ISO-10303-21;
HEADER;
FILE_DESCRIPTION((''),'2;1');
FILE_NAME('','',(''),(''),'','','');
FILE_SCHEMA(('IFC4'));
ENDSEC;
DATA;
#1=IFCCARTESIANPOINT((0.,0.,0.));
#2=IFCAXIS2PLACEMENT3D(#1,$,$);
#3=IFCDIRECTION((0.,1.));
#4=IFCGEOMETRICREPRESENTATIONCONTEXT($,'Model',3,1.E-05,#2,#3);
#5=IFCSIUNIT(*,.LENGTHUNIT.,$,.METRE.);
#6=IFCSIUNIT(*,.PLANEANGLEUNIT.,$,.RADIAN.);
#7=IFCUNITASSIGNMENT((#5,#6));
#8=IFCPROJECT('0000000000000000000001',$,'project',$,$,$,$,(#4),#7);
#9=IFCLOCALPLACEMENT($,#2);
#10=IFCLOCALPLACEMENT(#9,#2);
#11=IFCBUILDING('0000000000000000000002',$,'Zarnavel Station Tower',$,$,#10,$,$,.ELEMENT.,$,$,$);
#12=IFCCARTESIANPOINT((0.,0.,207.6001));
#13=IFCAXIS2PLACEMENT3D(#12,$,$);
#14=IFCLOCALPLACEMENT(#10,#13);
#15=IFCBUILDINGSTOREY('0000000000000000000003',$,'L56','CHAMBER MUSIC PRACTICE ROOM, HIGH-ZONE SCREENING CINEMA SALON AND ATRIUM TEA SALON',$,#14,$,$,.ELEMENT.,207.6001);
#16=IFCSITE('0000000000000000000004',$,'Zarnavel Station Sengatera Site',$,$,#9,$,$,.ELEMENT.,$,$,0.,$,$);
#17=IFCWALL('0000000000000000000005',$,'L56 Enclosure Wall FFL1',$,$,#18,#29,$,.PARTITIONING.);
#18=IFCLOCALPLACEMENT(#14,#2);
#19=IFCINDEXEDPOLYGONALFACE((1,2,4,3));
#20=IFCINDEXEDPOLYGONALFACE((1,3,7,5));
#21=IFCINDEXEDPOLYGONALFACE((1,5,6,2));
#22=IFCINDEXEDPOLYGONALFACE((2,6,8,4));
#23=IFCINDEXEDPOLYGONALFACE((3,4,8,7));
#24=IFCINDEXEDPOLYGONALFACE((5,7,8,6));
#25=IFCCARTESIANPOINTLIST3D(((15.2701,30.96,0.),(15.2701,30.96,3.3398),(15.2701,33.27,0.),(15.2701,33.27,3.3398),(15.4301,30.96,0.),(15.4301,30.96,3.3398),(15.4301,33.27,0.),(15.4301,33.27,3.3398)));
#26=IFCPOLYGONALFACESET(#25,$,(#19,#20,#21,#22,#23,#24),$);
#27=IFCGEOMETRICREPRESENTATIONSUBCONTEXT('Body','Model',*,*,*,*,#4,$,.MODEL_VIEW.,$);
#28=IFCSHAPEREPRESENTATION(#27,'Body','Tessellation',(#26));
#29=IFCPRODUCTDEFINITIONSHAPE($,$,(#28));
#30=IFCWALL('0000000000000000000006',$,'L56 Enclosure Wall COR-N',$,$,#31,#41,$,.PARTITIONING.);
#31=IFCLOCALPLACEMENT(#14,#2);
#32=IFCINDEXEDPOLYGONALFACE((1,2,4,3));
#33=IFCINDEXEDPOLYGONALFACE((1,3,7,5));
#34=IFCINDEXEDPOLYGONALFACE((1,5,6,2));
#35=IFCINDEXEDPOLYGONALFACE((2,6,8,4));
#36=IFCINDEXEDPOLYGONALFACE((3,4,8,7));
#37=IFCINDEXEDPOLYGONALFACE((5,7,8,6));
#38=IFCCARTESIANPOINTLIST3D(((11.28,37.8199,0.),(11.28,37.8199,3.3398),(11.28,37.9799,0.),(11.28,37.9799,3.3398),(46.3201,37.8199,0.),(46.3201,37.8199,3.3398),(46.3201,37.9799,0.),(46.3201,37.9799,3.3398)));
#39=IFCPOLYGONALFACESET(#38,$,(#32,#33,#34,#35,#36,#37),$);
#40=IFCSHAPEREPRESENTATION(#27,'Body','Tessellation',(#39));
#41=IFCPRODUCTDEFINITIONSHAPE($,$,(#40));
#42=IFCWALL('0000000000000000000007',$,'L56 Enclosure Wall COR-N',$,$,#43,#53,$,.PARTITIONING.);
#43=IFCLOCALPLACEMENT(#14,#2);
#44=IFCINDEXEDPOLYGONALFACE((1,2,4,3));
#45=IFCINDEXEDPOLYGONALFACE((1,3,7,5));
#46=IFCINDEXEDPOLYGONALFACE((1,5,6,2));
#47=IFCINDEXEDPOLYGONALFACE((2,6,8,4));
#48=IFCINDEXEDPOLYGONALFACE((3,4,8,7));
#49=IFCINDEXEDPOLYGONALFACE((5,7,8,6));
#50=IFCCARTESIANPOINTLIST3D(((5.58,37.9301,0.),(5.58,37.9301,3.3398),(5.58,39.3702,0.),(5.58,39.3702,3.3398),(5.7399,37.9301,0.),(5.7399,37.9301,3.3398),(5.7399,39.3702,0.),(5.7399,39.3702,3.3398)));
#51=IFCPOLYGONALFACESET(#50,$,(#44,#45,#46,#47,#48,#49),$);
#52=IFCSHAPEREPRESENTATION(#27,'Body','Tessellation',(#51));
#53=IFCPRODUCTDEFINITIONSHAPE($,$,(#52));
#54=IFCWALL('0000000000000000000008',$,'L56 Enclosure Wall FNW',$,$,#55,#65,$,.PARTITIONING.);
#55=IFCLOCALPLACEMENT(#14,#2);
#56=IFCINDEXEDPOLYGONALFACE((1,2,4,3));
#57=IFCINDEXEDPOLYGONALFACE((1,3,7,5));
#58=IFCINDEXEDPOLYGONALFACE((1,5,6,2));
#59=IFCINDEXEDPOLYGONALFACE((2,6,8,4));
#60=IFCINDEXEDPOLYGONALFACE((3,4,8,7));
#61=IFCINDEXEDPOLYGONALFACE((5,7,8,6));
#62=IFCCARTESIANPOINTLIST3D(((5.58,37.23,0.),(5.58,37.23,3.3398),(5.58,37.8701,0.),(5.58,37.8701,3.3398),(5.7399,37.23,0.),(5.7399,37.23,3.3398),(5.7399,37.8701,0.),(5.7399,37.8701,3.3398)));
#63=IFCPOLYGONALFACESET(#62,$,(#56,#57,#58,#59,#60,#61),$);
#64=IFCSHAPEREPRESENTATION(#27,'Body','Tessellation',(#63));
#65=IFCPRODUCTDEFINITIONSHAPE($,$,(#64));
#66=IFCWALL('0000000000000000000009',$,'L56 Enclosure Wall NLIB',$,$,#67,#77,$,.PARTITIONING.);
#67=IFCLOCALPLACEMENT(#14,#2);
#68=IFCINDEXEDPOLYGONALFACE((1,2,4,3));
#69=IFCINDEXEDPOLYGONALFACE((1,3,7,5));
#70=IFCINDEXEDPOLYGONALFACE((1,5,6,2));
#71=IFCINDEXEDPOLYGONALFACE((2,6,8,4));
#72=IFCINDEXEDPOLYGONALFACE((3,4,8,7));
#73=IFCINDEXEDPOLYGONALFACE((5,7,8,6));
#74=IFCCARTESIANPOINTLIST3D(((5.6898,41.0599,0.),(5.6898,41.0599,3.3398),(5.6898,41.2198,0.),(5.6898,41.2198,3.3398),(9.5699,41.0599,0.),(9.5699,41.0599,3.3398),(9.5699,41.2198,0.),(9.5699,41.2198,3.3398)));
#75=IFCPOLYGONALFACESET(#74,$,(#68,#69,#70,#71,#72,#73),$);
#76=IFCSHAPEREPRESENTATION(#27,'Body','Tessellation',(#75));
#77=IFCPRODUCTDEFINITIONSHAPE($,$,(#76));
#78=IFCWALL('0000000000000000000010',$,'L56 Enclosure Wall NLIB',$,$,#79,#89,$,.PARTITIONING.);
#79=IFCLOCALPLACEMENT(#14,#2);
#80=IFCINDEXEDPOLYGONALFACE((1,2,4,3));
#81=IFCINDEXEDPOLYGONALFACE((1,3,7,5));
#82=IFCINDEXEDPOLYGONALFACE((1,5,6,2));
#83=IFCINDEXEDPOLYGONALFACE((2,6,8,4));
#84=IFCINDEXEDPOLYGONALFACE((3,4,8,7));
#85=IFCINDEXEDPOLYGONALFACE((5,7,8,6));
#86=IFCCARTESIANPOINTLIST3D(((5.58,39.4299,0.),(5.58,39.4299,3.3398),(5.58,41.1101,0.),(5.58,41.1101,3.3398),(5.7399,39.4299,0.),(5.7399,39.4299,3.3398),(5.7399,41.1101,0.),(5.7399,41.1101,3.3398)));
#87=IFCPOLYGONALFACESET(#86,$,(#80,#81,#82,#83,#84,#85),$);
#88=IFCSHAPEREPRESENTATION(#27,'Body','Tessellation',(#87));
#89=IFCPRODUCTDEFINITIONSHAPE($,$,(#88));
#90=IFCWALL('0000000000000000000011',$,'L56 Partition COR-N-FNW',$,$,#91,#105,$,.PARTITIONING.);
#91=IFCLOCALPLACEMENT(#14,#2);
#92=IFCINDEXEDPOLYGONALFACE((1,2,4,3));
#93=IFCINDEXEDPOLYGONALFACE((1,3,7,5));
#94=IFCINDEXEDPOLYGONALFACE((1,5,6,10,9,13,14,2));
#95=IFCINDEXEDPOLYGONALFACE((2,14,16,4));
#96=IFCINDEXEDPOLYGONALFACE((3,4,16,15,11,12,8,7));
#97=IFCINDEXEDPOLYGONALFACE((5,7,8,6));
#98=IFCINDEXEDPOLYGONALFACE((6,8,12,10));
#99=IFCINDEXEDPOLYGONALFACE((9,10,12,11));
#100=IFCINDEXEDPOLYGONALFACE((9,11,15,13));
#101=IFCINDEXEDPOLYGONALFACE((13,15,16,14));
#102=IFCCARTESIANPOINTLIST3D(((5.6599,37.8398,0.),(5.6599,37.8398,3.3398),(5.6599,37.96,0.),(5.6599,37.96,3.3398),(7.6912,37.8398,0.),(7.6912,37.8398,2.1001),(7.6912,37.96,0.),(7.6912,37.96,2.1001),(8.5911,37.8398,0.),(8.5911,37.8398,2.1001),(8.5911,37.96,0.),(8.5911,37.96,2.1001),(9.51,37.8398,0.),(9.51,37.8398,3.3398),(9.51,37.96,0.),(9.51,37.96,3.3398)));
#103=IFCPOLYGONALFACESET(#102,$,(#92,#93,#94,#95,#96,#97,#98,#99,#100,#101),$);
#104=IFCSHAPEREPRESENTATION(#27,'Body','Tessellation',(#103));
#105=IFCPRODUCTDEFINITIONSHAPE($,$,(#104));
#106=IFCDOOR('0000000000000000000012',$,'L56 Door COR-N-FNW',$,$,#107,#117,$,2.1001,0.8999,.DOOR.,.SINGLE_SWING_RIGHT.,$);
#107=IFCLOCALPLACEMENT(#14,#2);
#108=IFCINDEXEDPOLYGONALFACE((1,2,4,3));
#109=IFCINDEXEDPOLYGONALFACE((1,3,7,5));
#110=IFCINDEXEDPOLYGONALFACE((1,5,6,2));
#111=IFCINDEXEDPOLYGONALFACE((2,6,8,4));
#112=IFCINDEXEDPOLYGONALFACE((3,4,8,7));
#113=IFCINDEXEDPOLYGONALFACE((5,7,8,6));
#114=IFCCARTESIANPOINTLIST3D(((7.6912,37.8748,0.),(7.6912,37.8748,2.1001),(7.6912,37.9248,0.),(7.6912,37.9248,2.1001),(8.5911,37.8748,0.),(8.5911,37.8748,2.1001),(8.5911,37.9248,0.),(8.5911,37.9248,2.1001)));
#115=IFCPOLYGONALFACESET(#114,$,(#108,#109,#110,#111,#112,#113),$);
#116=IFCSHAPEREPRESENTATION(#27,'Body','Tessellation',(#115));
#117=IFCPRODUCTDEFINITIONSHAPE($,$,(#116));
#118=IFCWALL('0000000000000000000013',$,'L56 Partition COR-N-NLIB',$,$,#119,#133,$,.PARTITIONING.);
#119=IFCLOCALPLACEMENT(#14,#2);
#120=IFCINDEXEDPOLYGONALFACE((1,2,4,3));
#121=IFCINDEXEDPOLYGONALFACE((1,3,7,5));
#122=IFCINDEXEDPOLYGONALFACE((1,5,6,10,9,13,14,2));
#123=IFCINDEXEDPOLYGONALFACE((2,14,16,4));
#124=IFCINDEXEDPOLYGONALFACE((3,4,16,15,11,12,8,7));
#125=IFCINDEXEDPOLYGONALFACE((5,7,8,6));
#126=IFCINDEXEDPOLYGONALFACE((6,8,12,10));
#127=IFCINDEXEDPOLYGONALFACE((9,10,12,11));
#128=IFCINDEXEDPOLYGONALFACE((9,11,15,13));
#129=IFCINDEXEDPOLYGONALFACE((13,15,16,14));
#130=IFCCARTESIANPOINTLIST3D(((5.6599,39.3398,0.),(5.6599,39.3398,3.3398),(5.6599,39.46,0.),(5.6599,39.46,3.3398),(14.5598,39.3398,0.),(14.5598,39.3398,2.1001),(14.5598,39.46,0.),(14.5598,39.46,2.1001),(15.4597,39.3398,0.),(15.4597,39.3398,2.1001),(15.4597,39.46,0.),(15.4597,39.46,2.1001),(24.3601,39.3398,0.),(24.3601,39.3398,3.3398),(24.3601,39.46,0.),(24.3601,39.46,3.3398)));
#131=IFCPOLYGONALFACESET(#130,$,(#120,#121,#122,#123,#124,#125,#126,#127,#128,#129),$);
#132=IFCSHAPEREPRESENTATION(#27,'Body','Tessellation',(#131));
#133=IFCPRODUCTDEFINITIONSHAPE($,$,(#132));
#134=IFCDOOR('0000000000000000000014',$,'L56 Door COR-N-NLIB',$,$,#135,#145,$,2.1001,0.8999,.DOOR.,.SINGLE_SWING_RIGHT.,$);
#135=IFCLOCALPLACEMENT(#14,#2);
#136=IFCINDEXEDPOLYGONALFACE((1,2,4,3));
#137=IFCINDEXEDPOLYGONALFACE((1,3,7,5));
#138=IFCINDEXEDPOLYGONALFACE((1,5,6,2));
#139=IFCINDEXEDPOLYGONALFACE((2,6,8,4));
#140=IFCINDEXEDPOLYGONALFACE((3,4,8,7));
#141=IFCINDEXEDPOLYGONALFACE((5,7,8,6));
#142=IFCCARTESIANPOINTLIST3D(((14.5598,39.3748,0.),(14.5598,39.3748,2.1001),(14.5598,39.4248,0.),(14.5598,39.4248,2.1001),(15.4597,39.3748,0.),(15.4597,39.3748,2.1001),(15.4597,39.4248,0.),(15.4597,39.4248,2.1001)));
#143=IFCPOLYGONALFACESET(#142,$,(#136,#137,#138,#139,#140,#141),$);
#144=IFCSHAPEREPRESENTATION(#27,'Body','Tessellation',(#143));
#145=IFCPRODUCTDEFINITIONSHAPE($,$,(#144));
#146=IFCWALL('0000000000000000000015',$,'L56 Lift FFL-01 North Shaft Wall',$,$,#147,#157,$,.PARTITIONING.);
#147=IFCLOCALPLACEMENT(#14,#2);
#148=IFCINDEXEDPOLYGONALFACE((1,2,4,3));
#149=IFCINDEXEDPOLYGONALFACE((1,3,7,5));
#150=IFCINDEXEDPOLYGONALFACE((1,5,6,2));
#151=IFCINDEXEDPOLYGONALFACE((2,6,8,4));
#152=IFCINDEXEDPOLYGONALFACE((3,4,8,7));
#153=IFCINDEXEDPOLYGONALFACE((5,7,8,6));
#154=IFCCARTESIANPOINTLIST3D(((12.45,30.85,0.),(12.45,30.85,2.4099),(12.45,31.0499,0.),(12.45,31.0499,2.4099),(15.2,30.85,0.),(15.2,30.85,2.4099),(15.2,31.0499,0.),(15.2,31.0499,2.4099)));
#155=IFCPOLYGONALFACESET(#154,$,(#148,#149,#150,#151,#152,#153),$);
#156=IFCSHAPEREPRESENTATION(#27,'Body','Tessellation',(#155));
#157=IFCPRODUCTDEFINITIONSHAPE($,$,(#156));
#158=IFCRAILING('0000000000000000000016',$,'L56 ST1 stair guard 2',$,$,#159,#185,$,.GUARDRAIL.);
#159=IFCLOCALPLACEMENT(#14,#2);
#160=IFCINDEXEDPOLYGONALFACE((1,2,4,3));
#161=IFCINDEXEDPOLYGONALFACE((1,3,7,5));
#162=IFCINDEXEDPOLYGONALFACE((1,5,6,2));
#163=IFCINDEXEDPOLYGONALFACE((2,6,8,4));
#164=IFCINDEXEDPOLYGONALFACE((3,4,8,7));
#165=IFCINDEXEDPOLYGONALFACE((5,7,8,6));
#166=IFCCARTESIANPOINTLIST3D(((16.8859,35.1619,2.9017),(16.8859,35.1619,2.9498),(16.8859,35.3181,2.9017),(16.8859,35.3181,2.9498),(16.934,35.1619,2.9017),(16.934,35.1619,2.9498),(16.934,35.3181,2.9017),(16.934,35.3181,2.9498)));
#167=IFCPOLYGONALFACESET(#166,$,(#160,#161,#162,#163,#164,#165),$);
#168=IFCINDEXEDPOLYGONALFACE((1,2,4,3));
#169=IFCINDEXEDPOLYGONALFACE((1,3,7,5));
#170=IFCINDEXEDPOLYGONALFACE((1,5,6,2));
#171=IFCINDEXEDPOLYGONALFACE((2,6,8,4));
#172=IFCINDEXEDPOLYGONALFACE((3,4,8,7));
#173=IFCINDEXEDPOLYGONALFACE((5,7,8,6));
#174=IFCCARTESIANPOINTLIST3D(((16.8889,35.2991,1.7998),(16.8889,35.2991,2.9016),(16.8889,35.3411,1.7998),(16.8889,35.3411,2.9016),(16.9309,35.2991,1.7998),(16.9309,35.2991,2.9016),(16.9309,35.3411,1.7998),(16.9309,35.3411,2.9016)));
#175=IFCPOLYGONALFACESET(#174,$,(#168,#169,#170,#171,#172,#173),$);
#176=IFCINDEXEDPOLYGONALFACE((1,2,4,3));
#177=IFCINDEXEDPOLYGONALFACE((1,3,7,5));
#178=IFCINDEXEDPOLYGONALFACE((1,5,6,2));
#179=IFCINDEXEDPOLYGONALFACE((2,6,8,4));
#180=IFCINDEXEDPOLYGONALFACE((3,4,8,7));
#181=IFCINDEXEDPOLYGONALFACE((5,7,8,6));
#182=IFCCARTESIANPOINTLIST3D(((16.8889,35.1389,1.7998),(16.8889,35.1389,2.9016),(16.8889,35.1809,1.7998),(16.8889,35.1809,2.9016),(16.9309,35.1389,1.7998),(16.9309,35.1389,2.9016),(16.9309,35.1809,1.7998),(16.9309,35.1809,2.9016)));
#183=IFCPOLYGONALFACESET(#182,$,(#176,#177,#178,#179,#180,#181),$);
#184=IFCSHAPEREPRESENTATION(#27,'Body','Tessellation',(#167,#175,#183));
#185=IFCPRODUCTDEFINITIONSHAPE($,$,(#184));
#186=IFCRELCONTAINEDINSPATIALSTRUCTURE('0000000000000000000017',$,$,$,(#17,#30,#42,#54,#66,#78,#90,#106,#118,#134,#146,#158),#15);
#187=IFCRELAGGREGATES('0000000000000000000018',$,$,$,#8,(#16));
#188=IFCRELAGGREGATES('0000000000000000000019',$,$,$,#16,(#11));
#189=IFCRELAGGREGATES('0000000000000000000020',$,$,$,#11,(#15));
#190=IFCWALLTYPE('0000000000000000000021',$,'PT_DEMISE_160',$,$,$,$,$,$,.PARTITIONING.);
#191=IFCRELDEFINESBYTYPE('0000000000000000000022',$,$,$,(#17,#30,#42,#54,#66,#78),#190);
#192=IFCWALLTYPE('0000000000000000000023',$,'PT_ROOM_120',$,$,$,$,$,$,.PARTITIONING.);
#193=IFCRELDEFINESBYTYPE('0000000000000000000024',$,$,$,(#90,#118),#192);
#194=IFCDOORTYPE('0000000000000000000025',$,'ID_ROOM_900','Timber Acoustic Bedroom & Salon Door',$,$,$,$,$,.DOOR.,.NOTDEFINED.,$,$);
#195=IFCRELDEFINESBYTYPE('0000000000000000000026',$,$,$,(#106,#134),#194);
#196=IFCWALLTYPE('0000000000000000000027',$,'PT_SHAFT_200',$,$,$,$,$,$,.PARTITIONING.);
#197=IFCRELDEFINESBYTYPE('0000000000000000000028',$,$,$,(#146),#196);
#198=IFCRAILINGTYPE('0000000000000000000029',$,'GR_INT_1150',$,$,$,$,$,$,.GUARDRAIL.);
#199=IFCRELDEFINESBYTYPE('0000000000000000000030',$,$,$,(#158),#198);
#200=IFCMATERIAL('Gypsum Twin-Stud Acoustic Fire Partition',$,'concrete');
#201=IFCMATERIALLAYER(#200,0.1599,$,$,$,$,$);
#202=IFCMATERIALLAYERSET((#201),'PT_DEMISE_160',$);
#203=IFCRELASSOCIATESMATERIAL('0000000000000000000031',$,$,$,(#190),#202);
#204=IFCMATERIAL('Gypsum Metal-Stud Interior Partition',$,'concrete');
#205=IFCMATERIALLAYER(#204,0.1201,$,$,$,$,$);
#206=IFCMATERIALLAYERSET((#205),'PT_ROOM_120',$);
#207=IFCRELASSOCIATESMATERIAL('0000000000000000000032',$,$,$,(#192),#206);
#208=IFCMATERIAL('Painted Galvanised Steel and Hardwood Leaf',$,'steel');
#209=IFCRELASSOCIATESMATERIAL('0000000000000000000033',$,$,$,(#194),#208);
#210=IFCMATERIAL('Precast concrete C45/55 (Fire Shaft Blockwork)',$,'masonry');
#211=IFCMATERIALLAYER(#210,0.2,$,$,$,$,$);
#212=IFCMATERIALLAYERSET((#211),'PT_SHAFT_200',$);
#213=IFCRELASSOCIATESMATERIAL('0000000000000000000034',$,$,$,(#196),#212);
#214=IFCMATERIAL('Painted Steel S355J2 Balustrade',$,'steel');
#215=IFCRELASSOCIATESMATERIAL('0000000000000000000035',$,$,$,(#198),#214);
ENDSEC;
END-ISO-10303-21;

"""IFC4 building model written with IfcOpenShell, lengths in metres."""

from ifc_helpers import new_model, si_unit, direction, frame, frame_2d, origin, origin_2d, place, context, subcontext, project, spatial, rectangle, extrude, material, layer, layer_set, type_object, element, fill, save


model = new_model("IFC4")

# Units and contexts
model_context = context("Model", 3, precision=1e-05, world=origin(), true_north=direction((0.0, 1.0)))
body_context = subcontext(model_context, "Body", "Model", "MODEL_VIEW")
ifc_project = project(units=[si_unit("LENGTHUNIT", "METRE"), si_unit("PLANEANGLEUNIT", "RADIAN")], contexts=[model_context])

# Site, building, storey
site_placement = place(None, origin())
site = spatial("IfcSite", under=ifc_project, at=site_placement, Name="Zarnavel Station Sengatera Site", CompositionType="ELEMENT", RefElevation=0.0)
building_placement = place(site_placement, origin())
building = spatial("IfcBuilding", under=site, at=building_placement, Name="Zarnavel Station Tower", CompositionType="ELEMENT")
storey_placement = place(building_placement, frame((0.0, 0.0, 207.6001)))
storey = spatial("IfcBuildingStorey", under=building, at=storey_placement, Name="L56", Description="CHAMBER MUSIC PRACTICE ROOM, HIGH-ZONE SCREENING CINEMA SALON AND ATRIUM TEA SALON", CompositionType="ELEMENT", Elevation=207.6001)

# Walls
ifc_material_1 = material(Name="Gypsum Twin-Stud Acoustic Fire Partition", Category="concrete")
ifc_layer_1 = layer(ifc_material_1, 0.1599)
ifc_layer_set_1 = layer_set([ifc_layer_1], Name="PT_DEMISE_160")
wall_type_1 = type_object("IfcWallType", Name="PT_DEMISE_160", PredefinedType="PARTITIONING", material=ifc_layer_set_1)
wall_1_placement = place(storey_placement, frame((15.3501, 30.96, 0.0), z_axis=(0.0, 0.0, 1.0), x_axis=(0.0, 1.0, 0.0)))
element("IfcWall", 1, at=wall_1_placement, inside=storey, type_object=wall_type_1, Name="L56 Enclosure Wall FFL1", PredefinedType="PARTITIONING", context=body_context, shape_type="SweptSolid", body=[
    extrude(rectangle(XDim=2.3101, YDim=0.1599, at=frame_2d((1.155, 0.0))), origin(), (0.0, 0.0, 1.0), 3.3398),
])
wall_2_placement = place(storey_placement, frame((11.28, 37.8999, 0.0), z_axis=(0.0, 0.0, 1.0), x_axis=(1.0, 0.0, 0.0)))
element("IfcWall", 2, at=wall_2_placement, inside=storey, type_object=wall_type_1, Name="L56 Enclosure Wall COR-N", PredefinedType="PARTITIONING", context=body_context, shape_type="SweptSolid", body=[
    extrude(rectangle(XDim=35.04, YDim=0.1599, at=frame_2d((17.52, 0.0))), origin(), (0.0, 0.0, 1.0), 3.3398),
])
wall_3_placement = place(storey_placement, frame((5.6599, 37.9299, 0.0), z_axis=(0.0, 0.0, 1.0), x_axis=(0.0, 1.0, 0.0)))
element("IfcWall", 3, at=wall_3_placement, inside=storey, type_object=wall_type_1, Name="L56 Enclosure Wall COR-N", PredefinedType="PARTITIONING", context=body_context, shape_type="SweptSolid", body=[
    extrude(rectangle(XDim=1.4402, YDim=0.1599, at=frame_2d((0.7202, 0.0))), origin(), (0.0, 0.0, 1.0), 3.3398),
])
wall_4_placement = place(storey_placement, frame((5.6599, 37.23, 0.0), z_axis=(0.0, 0.0, 1.0), x_axis=(0.0, 1.0, 0.0)))
element("IfcWall", 4, at=wall_4_placement, inside=storey, type_object=wall_type_1, Name="L56 Enclosure Wall FNW", PredefinedType="PARTITIONING", context=body_context, shape_type="SweptSolid", body=[
    extrude(rectangle(XDim=0.6401, YDim=0.1599, at=frame_2d((0.3201, 0.0))), origin(), (0.0, 0.0, 1.0), 3.3398),
])
wall_5_placement = place(storey_placement, frame((5.6899, 41.1399, 0.0), z_axis=(0.0, 0.0, 1.0), x_axis=(1.0, 0.0, 0.0)))
element("IfcWall", 5, at=wall_5_placement, inside=storey, type_object=wall_type_1, Name="L56 Enclosure Wall NLIB", PredefinedType="PARTITIONING", context=body_context, shape_type="SweptSolid", body=[
    extrude(rectangle(XDim=3.8801, YDim=0.1599, at=frame_2d((1.9399, 0.0))), origin(), (0.0, 0.0, 1.0), 3.3398),
])
wall_6_placement = place(storey_placement, frame((5.6599, 39.4299, 0.0), z_axis=(0.0, 0.0, 1.0), x_axis=(0.0, 1.0, 0.0)))
element("IfcWall", 6, at=wall_6_placement, inside=storey, type_object=wall_type_1, Name="L56 Enclosure Wall NLIB", PredefinedType="PARTITIONING", context=body_context, shape_type="SweptSolid", body=[
    extrude(rectangle(XDim=1.6802, YDim=0.1599, at=frame_2d((0.8401, 0.0))), origin(), (0.0, 0.0, 1.0), 3.3398),
])

# Walls, openings, doors
ifc_material_2 = material(Name="Gypsum Metal-Stud Interior Partition", Category="concrete")
ifc_layer_2 = layer(ifc_material_2, 0.1201)
ifc_layer_set_2 = layer_set([ifc_layer_2], Name="PT_ROOM_120")
wall_type_2 = type_object("IfcWallType", Name="PT_ROOM_120", PredefinedType="PARTITIONING", material=ifc_layer_set_2)
wall_7_placement = place(storey_placement, frame((5.6599, 37.8999, 0.0), z_axis=(0.0, 0.0, 1.0), x_axis=(1.0, 0.0, 0.0)))
wall_7 = element("IfcWall", 7, at=wall_7_placement, inside=storey, type_object=wall_type_2, Name="L56 Partition COR-N-FNW", PredefinedType="PARTITIONING", context=body_context, shape_type="SweptSolid", body=[
    extrude(rectangle(XDim=3.8501, YDim=0.1201, at=frame_2d((1.925, 0.0))), origin(), (0.0, 0.0, 1.0), 3.3398),
])
opening_1_placement = place(wall_7_placement, frame((2.0312, 0.0, 0.0)))
opening_1 = element("IfcOpeningElement", 8, at=opening_1_placement, cuts=wall_7, PredefinedType="OPENING", context=body_context, shape_type="SweptSolid", body=[
    extrude(rectangle(XDim=0.8999, YDim=2.1001, at=frame_2d((0.45, 1.05))), frame((0.0, 0.0701, 0.0), z_axis=(0.0, -1.0, 0.0), x_axis=(1.0, 0.0, 0.0)), (0.0, 0.0, 1.0), 0.1401),
])
ifc_material_3 = material(Name="Painted Galvanised Steel and Hardwood Leaf", Category="steel")
door_type = type_object("IfcDoorType", Name="ID_ROOM_900", Description="Timber Acoustic Bedroom & Salon Door", OperationType="NOTDEFINED", PredefinedType="DOOR", material=ifc_material_3)
door_1_placement = place(opening_1_placement, origin())
door_1 = element("IfcDoor", 9, at=door_1_placement, inside=storey, type_object=door_type, Name="L56 Door COR-N-FNW", OperationType="SINGLE_SWING_RIGHT", OverallHeight=2.1001, OverallWidth=0.8999, PredefinedType="DOOR", context=body_context, shape_type="SweptSolid", body=[
    extrude(rectangle(XDim=0.8999, YDim=2.1001, at=frame_2d((0.45, 1.05))), frame((0.0, 0.0249, 0.0), z_axis=(0.0, -1.0, 0.0), x_axis=(1.0, 0.0, 0.0)), (0.0, 0.0, 1.0), 0.05),
])
fill(opening_1, door_1)
wall_8_placement = place(storey_placement, frame((5.6599, 39.3999, 0.0), z_axis=(0.0, 0.0, 1.0), x_axis=(1.0, 0.0, 0.0)))
wall_8 = element("IfcWall", 10, at=wall_8_placement, inside=storey, type_object=wall_type_2, Name="L56 Partition COR-N-NLIB", PredefinedType="PARTITIONING", context=body_context, shape_type="SweptSolid", body=[
    extrude(rectangle(XDim=18.7002, YDim=0.1201, at=frame_2d((9.3501, 0.0))), origin(), (0.0, 0.0, 1.0), 3.3398),
])
opening_2_placement = place(wall_8_placement, frame((8.8999, 0.0, 0.0)))
opening_2 = element("IfcOpeningElement", 11, at=opening_2_placement, cuts=wall_8, PredefinedType="OPENING", context=body_context, shape_type="SweptSolid", body=[
    extrude(rectangle(XDim=0.8999, YDim=2.1001, at=frame_2d((0.45, 1.05))), frame((0.0, 0.0701, 0.0), z_axis=(0.0, -1.0, 0.0), x_axis=(1.0, 0.0, 0.0)), (0.0, 0.0, 1.0), 0.1401),
])
door_2_placement = place(opening_2_placement, origin())
door_2 = element("IfcDoor", 12, at=door_2_placement, inside=storey, type_object=door_type, Name="L56 Door COR-N-NLIB", OperationType="SINGLE_SWING_RIGHT", OverallHeight=2.1001, OverallWidth=0.8999, PredefinedType="DOOR", context=body_context, shape_type="SweptSolid", body=[
    extrude(rectangle(XDim=0.8999, YDim=2.1001, at=frame_2d((0.45, 1.05))), frame((0.0, 0.0249, 0.0), z_axis=(0.0, -1.0, 0.0), x_axis=(1.0, 0.0, 0.0)), (0.0, 0.0, 1.0), 0.05),
])
fill(opening_2, door_2)

# Wall
ifc_material_4 = material(Name="Precast concrete C45/55 (Fire Shaft Blockwork)", Category="masonry")
ifc_layer_3 = layer(ifc_material_4, 0.2)
ifc_layer_set_3 = layer_set([ifc_layer_3], Name="PT_SHAFT_200")
wall_type_3 = type_object("IfcWallType", Name="PT_SHAFT_200", PredefinedType="PARTITIONING", material=ifc_layer_set_3)
wall_9_placement = place(storey_placement, frame((12.45, 30.95, 0.0), z_axis=(0.0, 0.0, 1.0), x_axis=(1.0, 0.0, 0.0)))
element("IfcWall", 13, at=wall_9_placement, inside=storey, type_object=wall_type_3, Name="L56 Lift FFL-01 North Shaft Wall", PredefinedType="PARTITIONING", context=body_context, shape_type="SweptSolid", body=[
    extrude(rectangle(XDim=2.75, YDim=0.2, at=frame_2d((1.375, 0.0))), origin(), (0.0, 0.0, 1.0), 2.4099),
])

# Railing
ifc_material_5 = material(Name="Painted Steel S355J2 Balustrade", Category="steel")
railing_type = type_object("IfcRailingType", Name="GR_INT_1150", PredefinedType="GUARDRAIL", material=ifc_material_5)
railing_placement = place(storey_placement, frame((16.9099, 35.3201, 1.7998)))
element("IfcRailing", 14, at=railing_placement, inside=storey, type_object=railing_type, Name="L56 ST1 stair guard 2", PredefinedType="GUARDRAIL", context=body_context, shape_type="SweptSolid", body=[
    extrude(rectangle(XDim=0.0481, YDim=0.0481, at=origin_2d()), frame((0.0, -0.002, 1.126), z_axis=(0.0, -1.0, 0.0), x_axis=(1.0, 0.0, 0.0)), (0.0, 0.0, 1.0), 0.1562),
    extrude(rectangle(XDim=0.042, YDim=0.042, at=origin_2d()), origin(), (0.0, 0.0, 1.0), 1.1018),
    extrude(rectangle(XDim=0.042, YDim=0.042, at=origin_2d()), frame((0.0, -0.1602, 0.0)), (0.0, 0.0, 1.0), 1.1018),
])

save(model, "model.ifc")
